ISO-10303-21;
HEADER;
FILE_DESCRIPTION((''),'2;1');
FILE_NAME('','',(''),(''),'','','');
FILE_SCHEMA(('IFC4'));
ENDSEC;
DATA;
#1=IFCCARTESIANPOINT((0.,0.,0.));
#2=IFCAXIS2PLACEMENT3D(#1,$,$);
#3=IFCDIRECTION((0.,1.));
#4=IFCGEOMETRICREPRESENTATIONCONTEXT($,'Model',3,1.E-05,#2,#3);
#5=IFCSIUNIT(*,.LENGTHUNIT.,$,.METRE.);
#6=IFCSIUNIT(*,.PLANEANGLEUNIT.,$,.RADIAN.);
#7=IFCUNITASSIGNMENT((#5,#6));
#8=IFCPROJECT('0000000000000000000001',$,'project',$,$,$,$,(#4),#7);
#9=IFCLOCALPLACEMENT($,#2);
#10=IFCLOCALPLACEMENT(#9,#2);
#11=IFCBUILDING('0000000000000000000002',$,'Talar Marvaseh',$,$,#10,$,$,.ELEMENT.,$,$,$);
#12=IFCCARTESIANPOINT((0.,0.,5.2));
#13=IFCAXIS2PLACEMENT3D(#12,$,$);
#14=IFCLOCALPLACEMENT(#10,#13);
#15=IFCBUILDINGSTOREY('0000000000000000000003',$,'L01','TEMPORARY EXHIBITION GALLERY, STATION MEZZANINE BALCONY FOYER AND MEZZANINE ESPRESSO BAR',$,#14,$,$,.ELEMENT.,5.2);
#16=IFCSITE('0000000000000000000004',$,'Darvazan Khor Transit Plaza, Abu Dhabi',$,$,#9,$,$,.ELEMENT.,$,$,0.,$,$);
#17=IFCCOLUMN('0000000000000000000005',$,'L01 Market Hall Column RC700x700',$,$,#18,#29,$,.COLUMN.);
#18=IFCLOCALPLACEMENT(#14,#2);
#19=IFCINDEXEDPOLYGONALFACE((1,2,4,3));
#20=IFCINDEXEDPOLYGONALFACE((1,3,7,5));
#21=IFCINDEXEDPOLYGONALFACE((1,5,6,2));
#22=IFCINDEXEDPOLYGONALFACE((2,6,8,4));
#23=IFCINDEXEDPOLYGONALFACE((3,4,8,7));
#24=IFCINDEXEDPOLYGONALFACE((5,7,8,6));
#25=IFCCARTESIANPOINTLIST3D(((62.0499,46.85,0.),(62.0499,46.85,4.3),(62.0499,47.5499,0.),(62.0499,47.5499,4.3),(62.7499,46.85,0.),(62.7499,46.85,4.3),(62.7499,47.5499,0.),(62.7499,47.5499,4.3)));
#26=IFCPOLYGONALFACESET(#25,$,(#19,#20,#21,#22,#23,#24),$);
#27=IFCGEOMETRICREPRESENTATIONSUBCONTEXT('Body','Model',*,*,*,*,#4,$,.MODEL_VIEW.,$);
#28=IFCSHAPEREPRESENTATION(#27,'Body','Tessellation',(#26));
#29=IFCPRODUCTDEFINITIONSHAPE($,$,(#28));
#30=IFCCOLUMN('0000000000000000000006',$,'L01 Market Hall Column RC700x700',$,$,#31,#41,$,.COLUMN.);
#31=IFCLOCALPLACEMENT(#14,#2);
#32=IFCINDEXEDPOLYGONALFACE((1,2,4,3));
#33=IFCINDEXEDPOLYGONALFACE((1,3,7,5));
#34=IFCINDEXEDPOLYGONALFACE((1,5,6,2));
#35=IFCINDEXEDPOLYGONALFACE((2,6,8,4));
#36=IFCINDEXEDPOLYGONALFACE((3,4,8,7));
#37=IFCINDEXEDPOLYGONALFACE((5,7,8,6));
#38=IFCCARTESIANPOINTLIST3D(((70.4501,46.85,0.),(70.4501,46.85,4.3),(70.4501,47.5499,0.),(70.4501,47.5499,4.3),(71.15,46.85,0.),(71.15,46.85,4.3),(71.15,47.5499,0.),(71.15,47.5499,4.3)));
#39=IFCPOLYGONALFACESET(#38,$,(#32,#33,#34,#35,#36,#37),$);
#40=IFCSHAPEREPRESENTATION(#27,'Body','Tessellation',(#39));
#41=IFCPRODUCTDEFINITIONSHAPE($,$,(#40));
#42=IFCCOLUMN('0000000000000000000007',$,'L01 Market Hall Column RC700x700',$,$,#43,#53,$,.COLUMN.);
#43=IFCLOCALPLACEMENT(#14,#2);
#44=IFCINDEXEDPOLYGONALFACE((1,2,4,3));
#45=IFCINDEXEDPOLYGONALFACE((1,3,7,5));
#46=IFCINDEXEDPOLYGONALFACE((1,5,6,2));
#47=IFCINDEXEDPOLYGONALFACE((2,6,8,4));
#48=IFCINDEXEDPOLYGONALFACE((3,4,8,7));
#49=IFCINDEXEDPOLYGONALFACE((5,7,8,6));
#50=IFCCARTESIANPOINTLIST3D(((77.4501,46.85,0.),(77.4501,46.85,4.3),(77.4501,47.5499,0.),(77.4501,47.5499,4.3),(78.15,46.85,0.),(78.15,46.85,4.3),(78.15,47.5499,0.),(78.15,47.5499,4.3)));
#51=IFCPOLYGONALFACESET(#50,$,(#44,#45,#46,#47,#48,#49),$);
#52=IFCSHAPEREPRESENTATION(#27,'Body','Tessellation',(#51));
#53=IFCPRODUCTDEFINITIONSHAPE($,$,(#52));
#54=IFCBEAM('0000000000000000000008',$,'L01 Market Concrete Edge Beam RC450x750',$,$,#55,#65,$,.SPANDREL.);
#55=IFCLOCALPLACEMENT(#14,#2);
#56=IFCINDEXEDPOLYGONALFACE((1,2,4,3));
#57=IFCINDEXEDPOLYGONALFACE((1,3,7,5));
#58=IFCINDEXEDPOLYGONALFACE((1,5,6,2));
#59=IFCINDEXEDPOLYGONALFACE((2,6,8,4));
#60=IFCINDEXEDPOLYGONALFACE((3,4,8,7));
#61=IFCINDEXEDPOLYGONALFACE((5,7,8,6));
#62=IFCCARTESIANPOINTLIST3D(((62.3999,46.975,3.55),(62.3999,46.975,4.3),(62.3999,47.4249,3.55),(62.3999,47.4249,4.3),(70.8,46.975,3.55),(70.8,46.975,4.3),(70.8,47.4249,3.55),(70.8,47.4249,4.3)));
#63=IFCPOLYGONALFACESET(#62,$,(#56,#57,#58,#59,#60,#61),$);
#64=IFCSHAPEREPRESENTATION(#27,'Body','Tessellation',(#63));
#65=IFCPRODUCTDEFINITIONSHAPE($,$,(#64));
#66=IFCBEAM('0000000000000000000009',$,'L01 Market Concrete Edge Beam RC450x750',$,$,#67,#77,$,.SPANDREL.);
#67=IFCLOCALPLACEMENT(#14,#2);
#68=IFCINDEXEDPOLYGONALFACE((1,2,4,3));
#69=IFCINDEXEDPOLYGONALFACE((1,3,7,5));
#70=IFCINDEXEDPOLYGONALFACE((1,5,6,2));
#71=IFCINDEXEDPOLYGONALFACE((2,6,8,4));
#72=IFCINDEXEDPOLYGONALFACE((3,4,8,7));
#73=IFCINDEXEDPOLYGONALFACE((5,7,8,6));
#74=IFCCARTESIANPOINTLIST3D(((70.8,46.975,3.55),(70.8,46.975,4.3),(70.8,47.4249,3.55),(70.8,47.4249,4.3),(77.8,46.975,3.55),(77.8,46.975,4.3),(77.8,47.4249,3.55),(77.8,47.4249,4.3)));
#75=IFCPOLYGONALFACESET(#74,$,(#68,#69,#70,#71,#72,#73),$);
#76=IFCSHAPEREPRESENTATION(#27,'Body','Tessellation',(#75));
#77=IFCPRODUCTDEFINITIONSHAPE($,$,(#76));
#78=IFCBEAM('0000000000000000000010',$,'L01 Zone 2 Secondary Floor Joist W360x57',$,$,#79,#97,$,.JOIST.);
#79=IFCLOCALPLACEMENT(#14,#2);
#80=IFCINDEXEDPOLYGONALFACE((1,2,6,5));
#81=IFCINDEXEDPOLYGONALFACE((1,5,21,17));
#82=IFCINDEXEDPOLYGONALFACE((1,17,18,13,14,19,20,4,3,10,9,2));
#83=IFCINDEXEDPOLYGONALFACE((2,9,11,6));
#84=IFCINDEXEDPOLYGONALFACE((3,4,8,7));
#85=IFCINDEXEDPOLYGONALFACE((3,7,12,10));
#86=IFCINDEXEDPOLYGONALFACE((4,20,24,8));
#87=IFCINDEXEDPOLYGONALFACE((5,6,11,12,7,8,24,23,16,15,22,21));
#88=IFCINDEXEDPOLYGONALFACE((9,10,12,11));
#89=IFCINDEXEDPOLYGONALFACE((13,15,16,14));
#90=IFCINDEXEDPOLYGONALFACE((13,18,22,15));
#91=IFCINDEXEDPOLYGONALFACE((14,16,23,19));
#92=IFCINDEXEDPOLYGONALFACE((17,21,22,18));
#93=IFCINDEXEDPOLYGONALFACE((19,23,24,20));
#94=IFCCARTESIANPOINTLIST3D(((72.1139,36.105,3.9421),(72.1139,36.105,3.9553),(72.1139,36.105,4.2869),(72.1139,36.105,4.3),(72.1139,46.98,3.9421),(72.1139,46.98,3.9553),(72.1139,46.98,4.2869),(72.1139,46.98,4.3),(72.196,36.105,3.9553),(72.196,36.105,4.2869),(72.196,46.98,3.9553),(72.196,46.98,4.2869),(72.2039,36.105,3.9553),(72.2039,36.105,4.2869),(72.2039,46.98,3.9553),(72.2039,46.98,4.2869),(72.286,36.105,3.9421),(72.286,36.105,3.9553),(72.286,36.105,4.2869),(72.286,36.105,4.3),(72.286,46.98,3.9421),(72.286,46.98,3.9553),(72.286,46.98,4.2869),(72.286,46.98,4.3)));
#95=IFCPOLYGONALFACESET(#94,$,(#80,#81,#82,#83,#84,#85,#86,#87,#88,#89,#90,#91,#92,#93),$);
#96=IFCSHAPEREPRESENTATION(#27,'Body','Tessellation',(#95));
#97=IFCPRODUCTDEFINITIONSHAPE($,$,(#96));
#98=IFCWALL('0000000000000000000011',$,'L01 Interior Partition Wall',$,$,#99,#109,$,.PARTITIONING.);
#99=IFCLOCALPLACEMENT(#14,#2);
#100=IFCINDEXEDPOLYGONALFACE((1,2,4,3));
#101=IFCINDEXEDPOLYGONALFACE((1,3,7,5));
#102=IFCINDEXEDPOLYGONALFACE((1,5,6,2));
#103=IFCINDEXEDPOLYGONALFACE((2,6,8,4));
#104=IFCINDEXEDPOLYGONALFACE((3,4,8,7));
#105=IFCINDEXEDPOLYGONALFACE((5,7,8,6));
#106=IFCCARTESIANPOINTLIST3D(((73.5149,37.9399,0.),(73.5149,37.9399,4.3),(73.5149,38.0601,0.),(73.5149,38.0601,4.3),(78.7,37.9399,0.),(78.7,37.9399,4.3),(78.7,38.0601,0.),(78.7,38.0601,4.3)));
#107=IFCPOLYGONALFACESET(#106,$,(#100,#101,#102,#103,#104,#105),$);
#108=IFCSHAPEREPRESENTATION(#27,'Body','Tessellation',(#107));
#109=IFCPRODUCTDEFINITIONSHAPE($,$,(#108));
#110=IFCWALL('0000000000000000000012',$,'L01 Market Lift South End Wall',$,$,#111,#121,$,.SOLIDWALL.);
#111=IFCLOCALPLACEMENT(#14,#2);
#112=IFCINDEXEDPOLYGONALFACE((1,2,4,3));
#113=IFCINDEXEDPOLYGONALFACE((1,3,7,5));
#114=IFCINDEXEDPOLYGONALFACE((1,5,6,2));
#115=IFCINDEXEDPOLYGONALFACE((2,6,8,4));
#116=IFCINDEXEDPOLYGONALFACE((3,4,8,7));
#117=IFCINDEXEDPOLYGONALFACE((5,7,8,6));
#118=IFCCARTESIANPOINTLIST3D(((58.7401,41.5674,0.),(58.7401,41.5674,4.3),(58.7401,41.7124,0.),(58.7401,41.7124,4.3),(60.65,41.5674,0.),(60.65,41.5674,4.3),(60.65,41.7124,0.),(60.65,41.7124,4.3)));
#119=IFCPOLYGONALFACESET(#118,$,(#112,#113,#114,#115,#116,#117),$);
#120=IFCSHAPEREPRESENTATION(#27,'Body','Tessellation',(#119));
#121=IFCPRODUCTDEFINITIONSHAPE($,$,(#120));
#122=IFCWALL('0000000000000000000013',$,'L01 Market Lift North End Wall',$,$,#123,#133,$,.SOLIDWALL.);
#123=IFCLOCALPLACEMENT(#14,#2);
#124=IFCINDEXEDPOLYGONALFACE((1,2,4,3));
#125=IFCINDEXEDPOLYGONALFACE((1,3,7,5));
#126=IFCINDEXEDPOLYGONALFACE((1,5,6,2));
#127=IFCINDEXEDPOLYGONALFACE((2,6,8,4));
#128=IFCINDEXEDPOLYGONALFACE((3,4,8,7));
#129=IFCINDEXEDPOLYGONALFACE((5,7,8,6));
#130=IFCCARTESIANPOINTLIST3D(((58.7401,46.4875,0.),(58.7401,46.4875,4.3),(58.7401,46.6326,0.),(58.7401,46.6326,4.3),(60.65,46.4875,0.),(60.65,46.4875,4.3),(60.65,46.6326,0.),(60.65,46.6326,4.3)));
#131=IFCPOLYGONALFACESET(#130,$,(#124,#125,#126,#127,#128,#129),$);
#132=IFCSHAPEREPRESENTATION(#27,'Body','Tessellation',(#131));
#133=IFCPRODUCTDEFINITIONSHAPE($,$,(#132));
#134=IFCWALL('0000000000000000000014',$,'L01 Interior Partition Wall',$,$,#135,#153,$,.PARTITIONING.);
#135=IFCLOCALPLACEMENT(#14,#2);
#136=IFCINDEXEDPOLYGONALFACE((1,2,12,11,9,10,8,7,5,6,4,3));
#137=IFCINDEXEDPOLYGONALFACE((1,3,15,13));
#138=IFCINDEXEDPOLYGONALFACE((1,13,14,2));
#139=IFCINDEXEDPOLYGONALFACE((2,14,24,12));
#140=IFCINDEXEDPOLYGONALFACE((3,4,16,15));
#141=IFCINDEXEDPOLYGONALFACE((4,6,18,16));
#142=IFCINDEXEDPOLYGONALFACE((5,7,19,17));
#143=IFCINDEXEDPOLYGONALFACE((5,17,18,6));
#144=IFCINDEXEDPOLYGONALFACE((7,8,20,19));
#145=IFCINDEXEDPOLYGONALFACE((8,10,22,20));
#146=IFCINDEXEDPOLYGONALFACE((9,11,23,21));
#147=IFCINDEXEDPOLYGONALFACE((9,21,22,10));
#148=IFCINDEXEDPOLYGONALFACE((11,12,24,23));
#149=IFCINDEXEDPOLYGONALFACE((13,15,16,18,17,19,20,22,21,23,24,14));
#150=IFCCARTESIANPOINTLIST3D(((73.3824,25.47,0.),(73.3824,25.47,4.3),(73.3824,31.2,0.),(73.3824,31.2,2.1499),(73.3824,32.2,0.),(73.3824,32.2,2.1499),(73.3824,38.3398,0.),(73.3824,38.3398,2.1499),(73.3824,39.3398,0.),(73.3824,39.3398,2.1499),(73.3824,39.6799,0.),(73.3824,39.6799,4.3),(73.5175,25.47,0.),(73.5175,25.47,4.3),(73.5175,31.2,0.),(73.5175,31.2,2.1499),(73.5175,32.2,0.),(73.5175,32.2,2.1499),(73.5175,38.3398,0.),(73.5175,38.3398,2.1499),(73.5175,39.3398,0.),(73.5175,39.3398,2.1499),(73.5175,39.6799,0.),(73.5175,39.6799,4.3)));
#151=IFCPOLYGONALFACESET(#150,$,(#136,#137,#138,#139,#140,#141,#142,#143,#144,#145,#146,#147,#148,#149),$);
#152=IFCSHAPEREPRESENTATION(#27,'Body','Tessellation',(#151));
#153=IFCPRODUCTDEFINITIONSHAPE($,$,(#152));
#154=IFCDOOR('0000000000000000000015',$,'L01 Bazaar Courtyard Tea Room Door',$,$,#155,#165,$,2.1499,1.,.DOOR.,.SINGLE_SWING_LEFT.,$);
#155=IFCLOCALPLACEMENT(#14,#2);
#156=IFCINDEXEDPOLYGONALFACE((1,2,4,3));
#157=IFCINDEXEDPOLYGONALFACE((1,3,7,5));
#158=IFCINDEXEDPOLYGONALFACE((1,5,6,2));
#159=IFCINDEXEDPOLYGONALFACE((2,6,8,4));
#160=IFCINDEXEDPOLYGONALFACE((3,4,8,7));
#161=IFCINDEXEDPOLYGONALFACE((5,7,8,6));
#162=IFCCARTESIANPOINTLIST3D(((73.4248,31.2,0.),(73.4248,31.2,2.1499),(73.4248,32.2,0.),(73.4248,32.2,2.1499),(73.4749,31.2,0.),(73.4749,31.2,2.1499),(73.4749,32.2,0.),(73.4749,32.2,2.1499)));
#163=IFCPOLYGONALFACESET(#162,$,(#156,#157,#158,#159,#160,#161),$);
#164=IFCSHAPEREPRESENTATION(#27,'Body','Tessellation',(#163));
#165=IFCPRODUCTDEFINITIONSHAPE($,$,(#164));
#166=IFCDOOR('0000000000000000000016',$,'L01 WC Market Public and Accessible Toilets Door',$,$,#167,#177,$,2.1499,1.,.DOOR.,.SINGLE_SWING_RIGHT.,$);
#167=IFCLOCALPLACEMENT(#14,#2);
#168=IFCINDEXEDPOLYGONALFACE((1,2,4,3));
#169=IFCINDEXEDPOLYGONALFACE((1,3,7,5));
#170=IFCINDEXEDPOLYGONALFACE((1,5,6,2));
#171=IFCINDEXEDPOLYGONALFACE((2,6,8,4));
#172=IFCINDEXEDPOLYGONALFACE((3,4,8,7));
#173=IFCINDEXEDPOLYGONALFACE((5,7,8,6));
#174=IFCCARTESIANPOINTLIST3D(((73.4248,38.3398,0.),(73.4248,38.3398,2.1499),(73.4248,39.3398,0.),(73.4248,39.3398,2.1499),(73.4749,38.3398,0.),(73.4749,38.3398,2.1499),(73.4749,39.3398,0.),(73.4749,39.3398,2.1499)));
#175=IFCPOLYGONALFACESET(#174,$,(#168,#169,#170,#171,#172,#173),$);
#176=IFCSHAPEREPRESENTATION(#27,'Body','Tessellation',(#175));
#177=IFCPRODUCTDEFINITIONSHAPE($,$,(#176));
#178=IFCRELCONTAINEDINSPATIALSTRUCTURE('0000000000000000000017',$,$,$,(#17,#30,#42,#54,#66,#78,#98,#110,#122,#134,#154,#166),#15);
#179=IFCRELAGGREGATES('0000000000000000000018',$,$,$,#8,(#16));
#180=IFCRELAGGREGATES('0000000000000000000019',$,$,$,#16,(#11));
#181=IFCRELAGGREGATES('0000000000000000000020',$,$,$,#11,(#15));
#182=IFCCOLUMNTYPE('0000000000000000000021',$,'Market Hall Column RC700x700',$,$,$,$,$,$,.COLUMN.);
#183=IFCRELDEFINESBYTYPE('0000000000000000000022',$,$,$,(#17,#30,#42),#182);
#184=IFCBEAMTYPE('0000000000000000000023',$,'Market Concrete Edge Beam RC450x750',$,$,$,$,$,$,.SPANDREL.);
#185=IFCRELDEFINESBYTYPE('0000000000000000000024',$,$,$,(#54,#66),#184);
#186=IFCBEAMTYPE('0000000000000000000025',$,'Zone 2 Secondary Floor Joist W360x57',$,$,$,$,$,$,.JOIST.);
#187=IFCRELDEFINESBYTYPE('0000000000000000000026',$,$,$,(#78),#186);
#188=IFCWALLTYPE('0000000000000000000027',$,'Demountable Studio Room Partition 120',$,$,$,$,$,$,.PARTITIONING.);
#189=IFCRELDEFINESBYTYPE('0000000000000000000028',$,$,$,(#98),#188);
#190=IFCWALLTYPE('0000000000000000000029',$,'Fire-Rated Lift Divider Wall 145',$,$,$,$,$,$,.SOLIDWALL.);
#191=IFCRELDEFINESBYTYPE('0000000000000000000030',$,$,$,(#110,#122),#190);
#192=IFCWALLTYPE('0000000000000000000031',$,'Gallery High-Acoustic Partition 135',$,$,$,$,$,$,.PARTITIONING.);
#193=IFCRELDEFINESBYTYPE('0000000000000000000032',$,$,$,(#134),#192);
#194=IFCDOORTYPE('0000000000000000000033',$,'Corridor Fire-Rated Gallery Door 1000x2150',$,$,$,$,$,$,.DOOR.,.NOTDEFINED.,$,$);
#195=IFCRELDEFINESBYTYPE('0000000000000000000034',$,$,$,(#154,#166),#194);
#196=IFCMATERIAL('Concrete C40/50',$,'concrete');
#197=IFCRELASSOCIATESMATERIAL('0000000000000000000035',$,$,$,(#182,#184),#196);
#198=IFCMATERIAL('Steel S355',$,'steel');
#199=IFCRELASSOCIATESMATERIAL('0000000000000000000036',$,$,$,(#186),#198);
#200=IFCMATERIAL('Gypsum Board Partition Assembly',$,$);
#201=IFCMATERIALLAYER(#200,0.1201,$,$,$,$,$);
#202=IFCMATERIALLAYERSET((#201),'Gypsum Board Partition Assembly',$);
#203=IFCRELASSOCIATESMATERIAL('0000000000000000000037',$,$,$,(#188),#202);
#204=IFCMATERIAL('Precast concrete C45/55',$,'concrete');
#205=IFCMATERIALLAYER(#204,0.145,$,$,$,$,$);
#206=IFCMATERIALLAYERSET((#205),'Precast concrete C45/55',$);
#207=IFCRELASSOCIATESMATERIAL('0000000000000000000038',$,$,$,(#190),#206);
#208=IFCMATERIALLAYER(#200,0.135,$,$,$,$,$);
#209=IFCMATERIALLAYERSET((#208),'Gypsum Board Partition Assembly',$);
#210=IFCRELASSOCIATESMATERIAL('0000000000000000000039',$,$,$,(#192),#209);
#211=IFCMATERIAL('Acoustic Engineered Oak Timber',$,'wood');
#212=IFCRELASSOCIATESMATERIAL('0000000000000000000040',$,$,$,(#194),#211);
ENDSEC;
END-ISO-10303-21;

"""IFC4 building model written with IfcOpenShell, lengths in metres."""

from ifc_helpers import new_model, si_unit, direction, frame, frame_2d, origin, origin_2d, place, context, subcontext, project, spatial, rectangle, i_section, extrude, source, transform, mapped, material, layer, layer_set, material_profile, profile_set, type_object, type_shapes, element, fill, save


model = new_model("IFC4")

# Units and contexts
model_context = context("Model", 3, precision=1e-05, world=origin(), true_north=direction((0.0, 1.0)))
body_context = subcontext(model_context, "Body", "Model", "MODEL_VIEW")
ifc_project = project(units=[si_unit("LENGTHUNIT", "METRE"), si_unit("PLANEANGLEUNIT", "RADIAN")], contexts=[model_context])

# Site, building, storey
site_placement = place(None, origin())
site = spatial("IfcSite", under=ifc_project, at=site_placement, Name="Darvazan Khor Transit Plaza, Abu Dhabi", CompositionType="ELEMENT", RefElevation=0.0)
building_placement = place(site_placement, origin())
building = spatial("IfcBuilding", under=site, at=building_placement, Name="Talar Marvaseh", CompositionType="ELEMENT")
storey_placement = place(building_placement, frame((0.0, 0.0, 5.2)))
storey = spatial("IfcBuildingStorey", under=building, at=storey_placement, Name="L01", Description="TEMPORARY EXHIBITION GALLERY, STATION MEZZANINE BALCONY FOYER AND MEZZANINE ESPRESSO BAR", CompositionType="ELEMENT", Elevation=5.2)

# Columns
ifc_material_1 = material(Name="Concrete C40/50", Category="concrete")
ifc_material_profile_1 = material_profile(ifc_material_1, rectangle(XDim=0.7, YDim=0.7, at=origin_2d()), Name="RC700x700")
ifc_profile_set_1 = profile_set([ifc_material_profile_1], Name="Concrete C40/50")
column_type = type_object("IfcColumnType", Name="Market Hall Column RC700x700", PredefinedType="COLUMN", material=ifc_profile_set_1)
for number, where, z_axis, x_axis, name in (
    (1, (62.3999, 47.2, 0.0), (0.0, 0.0, 1.0), (1.0, 0.0, 0.0), "L01 Market Hall Column RC700x700"),
    (2, (70.8, 47.2, 0.0), (0.0, 0.0, 1.0), (1.0, 0.0, 0.0), "L01 Market Hall Column RC700x700"),
    (3, (77.8, 47.2, 0.0), (0.0, 0.0, 1.0), (1.0, 0.0, 0.0), "L01 Market Hall Column RC700x700"),
):
    element("IfcColumn", number, at=place(storey_placement, frame(where, z_axis=z_axis, x_axis=x_axis)), inside=storey, type_object=column_type, Name=name, PredefinedType="COLUMN", context=body_context, shape_type="SweptSolid", body=[
        extrude(rectangle(XDim=0.7, YDim=0.7, at=origin_2d()), origin(), (0.0, 0.0, 1.0), 4.3),
    ])

# Beams
ifc_material_profile_2 = material_profile(ifc_material_1, rectangle(XDim=0.45, YDim=0.75, at=origin_2d()), Name="RC450x750")
ifc_profile_set_2 = profile_set([ifc_material_profile_2], Name="Concrete C40/50")
beam_type_1 = type_object("IfcBeamType", Name="Market Concrete Edge Beam RC450x750", PredefinedType="SPANDREL", material=ifc_profile_set_2)
beam_1_placement = place(storey_placement, frame((62.3999, 47.2, 3.925), z_axis=(1.0, 0.0, 0.0), x_axis=(0.0, 1.0, 0.0)))
element("IfcBeam", 4, at=beam_1_placement, inside=storey, type_object=beam_type_1, Name="L01 Market Concrete Edge Beam RC450x750", PredefinedType="SPANDREL", context=body_context, shape_type="SweptSolid", body=[
    extrude(rectangle(XDim=0.45, YDim=0.75, at=origin_2d()), origin(), (0.0, 0.0, 1.0), 8.4001),
])
beam_2_placement = place(storey_placement, frame((70.8, 47.2, 3.925), z_axis=(1.0, 0.0, 0.0), x_axis=(0.0, 1.0, 0.0)))
element("IfcBeam", 5, at=beam_2_placement, inside=storey, type_object=beam_type_1, Name="L01 Market Concrete Edge Beam RC450x750", PredefinedType="SPANDREL", context=body_context, shape_type="SweptSolid", body=[
    extrude(rectangle(XDim=0.45, YDim=0.75, at=origin_2d()), origin(), (0.0, 0.0, 1.0), 7.0),
])
ifc_material_2 = material(Name="Steel S355", Category="steel")
ifc_material_profile_3 = material_profile(ifc_material_2, i_section(OverallWidth=0.1721, OverallDepth=0.3579, WebThickness=0.0078, FlangeThickness=0.0132, at=origin_2d()), Name="W360x57")
ifc_profile_set_3 = profile_set([ifc_material_profile_3], Name="Steel S355")
beam_type_2 = type_object("IfcBeamType", Name="Zone 2 Secondary Floor Joist W360x57", PredefinedType="JOIST", material=ifc_profile_set_3)
beam_3_placement = place(storey_placement, frame((72.2, 36.105, 4.1211), z_axis=(0.0, 1.0, 0.0), x_axis=(-1.0, 0.0, 0.0)))
element("IfcBeam", 6, at=beam_3_placement, inside=storey, type_object=beam_type_2, Name="L01 Zone 2 Secondary Floor Joist W360x57", PredefinedType="JOIST", context=body_context, shape_type="SweptSolid", body=[
    extrude(i_section(OverallWidth=0.1721, OverallDepth=0.3579, WebThickness=0.0078, FlangeThickness=0.0132, at=origin_2d()), origin(), (0.0, 0.0, 1.0), 10.875),
])

# Walls
ifc_material_3 = material(Name="Gypsum Board Partition Assembly")
ifc_layer_1 = layer(ifc_material_3, 0.1201)
ifc_layer_set_1 = layer_set([ifc_layer_1], Name="Gypsum Board Partition Assembly")
wall_type_1 = type_object("IfcWallType", Name="Demountable Studio Room Partition 120", PredefinedType="PARTITIONING", material=ifc_layer_set_1)
wall_1_placement = place(storey_placement, frame((73.5149, 38.0, 0.0), z_axis=(0.0, 0.0, 1.0), x_axis=(1.0, 0.0, 0.0)))
element("IfcWall", 7, at=wall_1_placement, inside=storey, type_object=wall_type_1, Name="L01 Interior Partition Wall", PredefinedType="PARTITIONING", context=body_context, shape_type="SweptSolid", body=[
    extrude(rectangle(XDim=5.1851, YDim=0.1201, at=frame_2d((2.5925, 0.0))), origin(), (0.0, 0.0, 1.0), 4.3),
])
ifc_material_4 = material(Name="Precast concrete C45/55", Category="concrete")
ifc_layer_2 = layer(ifc_material_4, 0.145)
ifc_layer_set_2 = layer_set([ifc_layer_2], Name="Precast concrete C45/55")
wall_type_2 = type_object("IfcWallType", Name="Fire-Rated Lift Divider Wall 145", PredefinedType="SOLIDWALL", material=ifc_layer_set_2)
for number, where, z_axis, x_axis, name in (
    (8, (58.74, 41.6399, 0.0), (0.0, 0.0, 1.0), (1.0, 0.0, 0.0), "L01 Market Lift South End Wall"),
    (9, (58.74, 46.5601, 0.0), (0.0, 0.0, 1.0), (1.0, 0.0, 0.0), "L01 Market Lift North End Wall"),
):
    element("IfcWall", number, at=place(storey_placement, frame(where, z_axis=z_axis, x_axis=x_axis)), inside=storey, type_object=wall_type_2, Name=name, PredefinedType="SOLIDWALL", context=body_context, shape_type="SweptSolid", body=[
        extrude(rectangle(XDim=1.9099, YDim=0.145, at=frame_2d((0.9551, 0.0))), origin(), (0.0, 0.0, 1.0), 4.3),
    ])

# Wall, openings, doors
ifc_layer_3 = layer(ifc_material_3, 0.135)
ifc_layer_set_3 = layer_set([ifc_layer_3], Name="Gypsum Board Partition Assembly")
wall_type_3 = type_object("IfcWallType", Name="Gallery High-Acoustic Partition 135", PredefinedType="PARTITIONING", material=ifc_layer_set_3)
wall_2_placement = place(storey_placement, frame((73.45, 39.6799, 0.0), z_axis=(0.0, 0.0, 1.0), x_axis=(0.0, -1.0, 0.0)))
wall_2 = element("IfcWall", 10, at=wall_2_placement, inside=storey, type_object=wall_type_3, Name="L01 Interior Partition Wall", PredefinedType="PARTITIONING", context=body_context, shape_type="SweptSolid", body=[
    extrude(rectangle(XDim=14.21, YDim=0.135, at=frame_2d((7.105, 0.0))), origin(), (0.0, 0.0, 1.0), 4.3),
])
opening_1_placement = place(wall_2_placement, frame((7.48, 0.0, 0.0)))
opening_1 = element("IfcOpeningElement", 11, at=opening_1_placement, cuts=wall_2, PredefinedType="OPENING", context=body_context, shape_type="SweptSolid", body=[
    extrude(rectangle(XDim=1.0, YDim=2.1499, at=frame_2d((0.5, 1.075))), frame((0.0, 0.0776, 0.0), z_axis=(0.0, -1.0, 0.0), x_axis=(1.0, 0.0, 0.0)), (0.0, 0.0, 1.0), 0.155),
])
opening_2_placement = place(wall_2_placement, frame((0.3401, 0.0, 0.0)))
opening_2 = element("IfcOpeningElement", 12, at=opening_2_placement, cuts=wall_2, PredefinedType="OPENING", context=body_context, shape_type="SweptSolid", body=[
    extrude(rectangle(XDim=1.0, YDim=2.1499, at=frame_2d((0.5, 1.075))), frame((0.0, 0.0776, 0.0), z_axis=(0.0, -1.0, 0.0), x_axis=(1.0, 0.0, 0.0)), (0.0, 0.0, 1.0), 0.155),
])
ifc_material_5 = material(Name="Acoustic Engineered Oak Timber", Category="wood")
door_type_1 = type_object("IfcDoorType", Name="Corridor Fire-Rated Gallery Door 1000x2150", OperationType="NOTDEFINED", PredefinedType="DOOR", material=ifc_material_5)
shared_shape_1 = source(origin(), body_context, "Body", "SweptSolid", [
    extrude(rectangle(XDim=1.0, YDim=2.1499, at=frame_2d((0.5, 1.075))), frame((0.0, 0.0249, 0.0), z_axis=(0.0, -1.0, 0.0), x_axis=(1.0, 0.0, 0.0)), (0.0, 0.0, 1.0), 0.05),
])
type_shapes(door_type_1, [shared_shape_1])
door_1_placement = place(opening_1_placement, origin())
door_1 = element("IfcDoor", 13, at=door_1_placement, inside=storey, type_object=door_type_1, Name="L01 Bazaar Courtyard Tea Room Door", OperationType="SINGLE_SWING_LEFT", OverallHeight=2.1499, OverallWidth=1.0, PredefinedType="DOOR", context=body_context, shape_type="MappedRepresentation", body=[
    mapped(shared_shape_1, transform((0.0, 0.0, 0.0), x_axis=(1.0, 0.0, 0.0), y_axis=(0.0, 1.0, 0.0), z_axis=(0.0, 0.0, 1.0), scale=1.0)),
])
fill(opening_1, door_1)
door_2_placement = place(opening_2_placement, origin())
door_2 = element("IfcDoor", 14, at=door_2_placement, inside=storey, type_object=door_type_1, Name="L01 WC Market Public and Accessible Toilets Door", OperationType="SINGLE_SWING_RIGHT", OverallHeight=2.1499, OverallWidth=1.0, PredefinedType="DOOR", context=body_context, shape_type="MappedRepresentation", body=[
    mapped(shared_shape_1, transform((0.0, 0.0, 0.0), x_axis=(1.0, 0.0, 0.0), y_axis=(0.0, 1.0, 0.0), z_axis=(0.0, 0.0, 1.0), scale=1.0)),
])
fill(opening_2, door_2)

save(model, "model.ifc")
